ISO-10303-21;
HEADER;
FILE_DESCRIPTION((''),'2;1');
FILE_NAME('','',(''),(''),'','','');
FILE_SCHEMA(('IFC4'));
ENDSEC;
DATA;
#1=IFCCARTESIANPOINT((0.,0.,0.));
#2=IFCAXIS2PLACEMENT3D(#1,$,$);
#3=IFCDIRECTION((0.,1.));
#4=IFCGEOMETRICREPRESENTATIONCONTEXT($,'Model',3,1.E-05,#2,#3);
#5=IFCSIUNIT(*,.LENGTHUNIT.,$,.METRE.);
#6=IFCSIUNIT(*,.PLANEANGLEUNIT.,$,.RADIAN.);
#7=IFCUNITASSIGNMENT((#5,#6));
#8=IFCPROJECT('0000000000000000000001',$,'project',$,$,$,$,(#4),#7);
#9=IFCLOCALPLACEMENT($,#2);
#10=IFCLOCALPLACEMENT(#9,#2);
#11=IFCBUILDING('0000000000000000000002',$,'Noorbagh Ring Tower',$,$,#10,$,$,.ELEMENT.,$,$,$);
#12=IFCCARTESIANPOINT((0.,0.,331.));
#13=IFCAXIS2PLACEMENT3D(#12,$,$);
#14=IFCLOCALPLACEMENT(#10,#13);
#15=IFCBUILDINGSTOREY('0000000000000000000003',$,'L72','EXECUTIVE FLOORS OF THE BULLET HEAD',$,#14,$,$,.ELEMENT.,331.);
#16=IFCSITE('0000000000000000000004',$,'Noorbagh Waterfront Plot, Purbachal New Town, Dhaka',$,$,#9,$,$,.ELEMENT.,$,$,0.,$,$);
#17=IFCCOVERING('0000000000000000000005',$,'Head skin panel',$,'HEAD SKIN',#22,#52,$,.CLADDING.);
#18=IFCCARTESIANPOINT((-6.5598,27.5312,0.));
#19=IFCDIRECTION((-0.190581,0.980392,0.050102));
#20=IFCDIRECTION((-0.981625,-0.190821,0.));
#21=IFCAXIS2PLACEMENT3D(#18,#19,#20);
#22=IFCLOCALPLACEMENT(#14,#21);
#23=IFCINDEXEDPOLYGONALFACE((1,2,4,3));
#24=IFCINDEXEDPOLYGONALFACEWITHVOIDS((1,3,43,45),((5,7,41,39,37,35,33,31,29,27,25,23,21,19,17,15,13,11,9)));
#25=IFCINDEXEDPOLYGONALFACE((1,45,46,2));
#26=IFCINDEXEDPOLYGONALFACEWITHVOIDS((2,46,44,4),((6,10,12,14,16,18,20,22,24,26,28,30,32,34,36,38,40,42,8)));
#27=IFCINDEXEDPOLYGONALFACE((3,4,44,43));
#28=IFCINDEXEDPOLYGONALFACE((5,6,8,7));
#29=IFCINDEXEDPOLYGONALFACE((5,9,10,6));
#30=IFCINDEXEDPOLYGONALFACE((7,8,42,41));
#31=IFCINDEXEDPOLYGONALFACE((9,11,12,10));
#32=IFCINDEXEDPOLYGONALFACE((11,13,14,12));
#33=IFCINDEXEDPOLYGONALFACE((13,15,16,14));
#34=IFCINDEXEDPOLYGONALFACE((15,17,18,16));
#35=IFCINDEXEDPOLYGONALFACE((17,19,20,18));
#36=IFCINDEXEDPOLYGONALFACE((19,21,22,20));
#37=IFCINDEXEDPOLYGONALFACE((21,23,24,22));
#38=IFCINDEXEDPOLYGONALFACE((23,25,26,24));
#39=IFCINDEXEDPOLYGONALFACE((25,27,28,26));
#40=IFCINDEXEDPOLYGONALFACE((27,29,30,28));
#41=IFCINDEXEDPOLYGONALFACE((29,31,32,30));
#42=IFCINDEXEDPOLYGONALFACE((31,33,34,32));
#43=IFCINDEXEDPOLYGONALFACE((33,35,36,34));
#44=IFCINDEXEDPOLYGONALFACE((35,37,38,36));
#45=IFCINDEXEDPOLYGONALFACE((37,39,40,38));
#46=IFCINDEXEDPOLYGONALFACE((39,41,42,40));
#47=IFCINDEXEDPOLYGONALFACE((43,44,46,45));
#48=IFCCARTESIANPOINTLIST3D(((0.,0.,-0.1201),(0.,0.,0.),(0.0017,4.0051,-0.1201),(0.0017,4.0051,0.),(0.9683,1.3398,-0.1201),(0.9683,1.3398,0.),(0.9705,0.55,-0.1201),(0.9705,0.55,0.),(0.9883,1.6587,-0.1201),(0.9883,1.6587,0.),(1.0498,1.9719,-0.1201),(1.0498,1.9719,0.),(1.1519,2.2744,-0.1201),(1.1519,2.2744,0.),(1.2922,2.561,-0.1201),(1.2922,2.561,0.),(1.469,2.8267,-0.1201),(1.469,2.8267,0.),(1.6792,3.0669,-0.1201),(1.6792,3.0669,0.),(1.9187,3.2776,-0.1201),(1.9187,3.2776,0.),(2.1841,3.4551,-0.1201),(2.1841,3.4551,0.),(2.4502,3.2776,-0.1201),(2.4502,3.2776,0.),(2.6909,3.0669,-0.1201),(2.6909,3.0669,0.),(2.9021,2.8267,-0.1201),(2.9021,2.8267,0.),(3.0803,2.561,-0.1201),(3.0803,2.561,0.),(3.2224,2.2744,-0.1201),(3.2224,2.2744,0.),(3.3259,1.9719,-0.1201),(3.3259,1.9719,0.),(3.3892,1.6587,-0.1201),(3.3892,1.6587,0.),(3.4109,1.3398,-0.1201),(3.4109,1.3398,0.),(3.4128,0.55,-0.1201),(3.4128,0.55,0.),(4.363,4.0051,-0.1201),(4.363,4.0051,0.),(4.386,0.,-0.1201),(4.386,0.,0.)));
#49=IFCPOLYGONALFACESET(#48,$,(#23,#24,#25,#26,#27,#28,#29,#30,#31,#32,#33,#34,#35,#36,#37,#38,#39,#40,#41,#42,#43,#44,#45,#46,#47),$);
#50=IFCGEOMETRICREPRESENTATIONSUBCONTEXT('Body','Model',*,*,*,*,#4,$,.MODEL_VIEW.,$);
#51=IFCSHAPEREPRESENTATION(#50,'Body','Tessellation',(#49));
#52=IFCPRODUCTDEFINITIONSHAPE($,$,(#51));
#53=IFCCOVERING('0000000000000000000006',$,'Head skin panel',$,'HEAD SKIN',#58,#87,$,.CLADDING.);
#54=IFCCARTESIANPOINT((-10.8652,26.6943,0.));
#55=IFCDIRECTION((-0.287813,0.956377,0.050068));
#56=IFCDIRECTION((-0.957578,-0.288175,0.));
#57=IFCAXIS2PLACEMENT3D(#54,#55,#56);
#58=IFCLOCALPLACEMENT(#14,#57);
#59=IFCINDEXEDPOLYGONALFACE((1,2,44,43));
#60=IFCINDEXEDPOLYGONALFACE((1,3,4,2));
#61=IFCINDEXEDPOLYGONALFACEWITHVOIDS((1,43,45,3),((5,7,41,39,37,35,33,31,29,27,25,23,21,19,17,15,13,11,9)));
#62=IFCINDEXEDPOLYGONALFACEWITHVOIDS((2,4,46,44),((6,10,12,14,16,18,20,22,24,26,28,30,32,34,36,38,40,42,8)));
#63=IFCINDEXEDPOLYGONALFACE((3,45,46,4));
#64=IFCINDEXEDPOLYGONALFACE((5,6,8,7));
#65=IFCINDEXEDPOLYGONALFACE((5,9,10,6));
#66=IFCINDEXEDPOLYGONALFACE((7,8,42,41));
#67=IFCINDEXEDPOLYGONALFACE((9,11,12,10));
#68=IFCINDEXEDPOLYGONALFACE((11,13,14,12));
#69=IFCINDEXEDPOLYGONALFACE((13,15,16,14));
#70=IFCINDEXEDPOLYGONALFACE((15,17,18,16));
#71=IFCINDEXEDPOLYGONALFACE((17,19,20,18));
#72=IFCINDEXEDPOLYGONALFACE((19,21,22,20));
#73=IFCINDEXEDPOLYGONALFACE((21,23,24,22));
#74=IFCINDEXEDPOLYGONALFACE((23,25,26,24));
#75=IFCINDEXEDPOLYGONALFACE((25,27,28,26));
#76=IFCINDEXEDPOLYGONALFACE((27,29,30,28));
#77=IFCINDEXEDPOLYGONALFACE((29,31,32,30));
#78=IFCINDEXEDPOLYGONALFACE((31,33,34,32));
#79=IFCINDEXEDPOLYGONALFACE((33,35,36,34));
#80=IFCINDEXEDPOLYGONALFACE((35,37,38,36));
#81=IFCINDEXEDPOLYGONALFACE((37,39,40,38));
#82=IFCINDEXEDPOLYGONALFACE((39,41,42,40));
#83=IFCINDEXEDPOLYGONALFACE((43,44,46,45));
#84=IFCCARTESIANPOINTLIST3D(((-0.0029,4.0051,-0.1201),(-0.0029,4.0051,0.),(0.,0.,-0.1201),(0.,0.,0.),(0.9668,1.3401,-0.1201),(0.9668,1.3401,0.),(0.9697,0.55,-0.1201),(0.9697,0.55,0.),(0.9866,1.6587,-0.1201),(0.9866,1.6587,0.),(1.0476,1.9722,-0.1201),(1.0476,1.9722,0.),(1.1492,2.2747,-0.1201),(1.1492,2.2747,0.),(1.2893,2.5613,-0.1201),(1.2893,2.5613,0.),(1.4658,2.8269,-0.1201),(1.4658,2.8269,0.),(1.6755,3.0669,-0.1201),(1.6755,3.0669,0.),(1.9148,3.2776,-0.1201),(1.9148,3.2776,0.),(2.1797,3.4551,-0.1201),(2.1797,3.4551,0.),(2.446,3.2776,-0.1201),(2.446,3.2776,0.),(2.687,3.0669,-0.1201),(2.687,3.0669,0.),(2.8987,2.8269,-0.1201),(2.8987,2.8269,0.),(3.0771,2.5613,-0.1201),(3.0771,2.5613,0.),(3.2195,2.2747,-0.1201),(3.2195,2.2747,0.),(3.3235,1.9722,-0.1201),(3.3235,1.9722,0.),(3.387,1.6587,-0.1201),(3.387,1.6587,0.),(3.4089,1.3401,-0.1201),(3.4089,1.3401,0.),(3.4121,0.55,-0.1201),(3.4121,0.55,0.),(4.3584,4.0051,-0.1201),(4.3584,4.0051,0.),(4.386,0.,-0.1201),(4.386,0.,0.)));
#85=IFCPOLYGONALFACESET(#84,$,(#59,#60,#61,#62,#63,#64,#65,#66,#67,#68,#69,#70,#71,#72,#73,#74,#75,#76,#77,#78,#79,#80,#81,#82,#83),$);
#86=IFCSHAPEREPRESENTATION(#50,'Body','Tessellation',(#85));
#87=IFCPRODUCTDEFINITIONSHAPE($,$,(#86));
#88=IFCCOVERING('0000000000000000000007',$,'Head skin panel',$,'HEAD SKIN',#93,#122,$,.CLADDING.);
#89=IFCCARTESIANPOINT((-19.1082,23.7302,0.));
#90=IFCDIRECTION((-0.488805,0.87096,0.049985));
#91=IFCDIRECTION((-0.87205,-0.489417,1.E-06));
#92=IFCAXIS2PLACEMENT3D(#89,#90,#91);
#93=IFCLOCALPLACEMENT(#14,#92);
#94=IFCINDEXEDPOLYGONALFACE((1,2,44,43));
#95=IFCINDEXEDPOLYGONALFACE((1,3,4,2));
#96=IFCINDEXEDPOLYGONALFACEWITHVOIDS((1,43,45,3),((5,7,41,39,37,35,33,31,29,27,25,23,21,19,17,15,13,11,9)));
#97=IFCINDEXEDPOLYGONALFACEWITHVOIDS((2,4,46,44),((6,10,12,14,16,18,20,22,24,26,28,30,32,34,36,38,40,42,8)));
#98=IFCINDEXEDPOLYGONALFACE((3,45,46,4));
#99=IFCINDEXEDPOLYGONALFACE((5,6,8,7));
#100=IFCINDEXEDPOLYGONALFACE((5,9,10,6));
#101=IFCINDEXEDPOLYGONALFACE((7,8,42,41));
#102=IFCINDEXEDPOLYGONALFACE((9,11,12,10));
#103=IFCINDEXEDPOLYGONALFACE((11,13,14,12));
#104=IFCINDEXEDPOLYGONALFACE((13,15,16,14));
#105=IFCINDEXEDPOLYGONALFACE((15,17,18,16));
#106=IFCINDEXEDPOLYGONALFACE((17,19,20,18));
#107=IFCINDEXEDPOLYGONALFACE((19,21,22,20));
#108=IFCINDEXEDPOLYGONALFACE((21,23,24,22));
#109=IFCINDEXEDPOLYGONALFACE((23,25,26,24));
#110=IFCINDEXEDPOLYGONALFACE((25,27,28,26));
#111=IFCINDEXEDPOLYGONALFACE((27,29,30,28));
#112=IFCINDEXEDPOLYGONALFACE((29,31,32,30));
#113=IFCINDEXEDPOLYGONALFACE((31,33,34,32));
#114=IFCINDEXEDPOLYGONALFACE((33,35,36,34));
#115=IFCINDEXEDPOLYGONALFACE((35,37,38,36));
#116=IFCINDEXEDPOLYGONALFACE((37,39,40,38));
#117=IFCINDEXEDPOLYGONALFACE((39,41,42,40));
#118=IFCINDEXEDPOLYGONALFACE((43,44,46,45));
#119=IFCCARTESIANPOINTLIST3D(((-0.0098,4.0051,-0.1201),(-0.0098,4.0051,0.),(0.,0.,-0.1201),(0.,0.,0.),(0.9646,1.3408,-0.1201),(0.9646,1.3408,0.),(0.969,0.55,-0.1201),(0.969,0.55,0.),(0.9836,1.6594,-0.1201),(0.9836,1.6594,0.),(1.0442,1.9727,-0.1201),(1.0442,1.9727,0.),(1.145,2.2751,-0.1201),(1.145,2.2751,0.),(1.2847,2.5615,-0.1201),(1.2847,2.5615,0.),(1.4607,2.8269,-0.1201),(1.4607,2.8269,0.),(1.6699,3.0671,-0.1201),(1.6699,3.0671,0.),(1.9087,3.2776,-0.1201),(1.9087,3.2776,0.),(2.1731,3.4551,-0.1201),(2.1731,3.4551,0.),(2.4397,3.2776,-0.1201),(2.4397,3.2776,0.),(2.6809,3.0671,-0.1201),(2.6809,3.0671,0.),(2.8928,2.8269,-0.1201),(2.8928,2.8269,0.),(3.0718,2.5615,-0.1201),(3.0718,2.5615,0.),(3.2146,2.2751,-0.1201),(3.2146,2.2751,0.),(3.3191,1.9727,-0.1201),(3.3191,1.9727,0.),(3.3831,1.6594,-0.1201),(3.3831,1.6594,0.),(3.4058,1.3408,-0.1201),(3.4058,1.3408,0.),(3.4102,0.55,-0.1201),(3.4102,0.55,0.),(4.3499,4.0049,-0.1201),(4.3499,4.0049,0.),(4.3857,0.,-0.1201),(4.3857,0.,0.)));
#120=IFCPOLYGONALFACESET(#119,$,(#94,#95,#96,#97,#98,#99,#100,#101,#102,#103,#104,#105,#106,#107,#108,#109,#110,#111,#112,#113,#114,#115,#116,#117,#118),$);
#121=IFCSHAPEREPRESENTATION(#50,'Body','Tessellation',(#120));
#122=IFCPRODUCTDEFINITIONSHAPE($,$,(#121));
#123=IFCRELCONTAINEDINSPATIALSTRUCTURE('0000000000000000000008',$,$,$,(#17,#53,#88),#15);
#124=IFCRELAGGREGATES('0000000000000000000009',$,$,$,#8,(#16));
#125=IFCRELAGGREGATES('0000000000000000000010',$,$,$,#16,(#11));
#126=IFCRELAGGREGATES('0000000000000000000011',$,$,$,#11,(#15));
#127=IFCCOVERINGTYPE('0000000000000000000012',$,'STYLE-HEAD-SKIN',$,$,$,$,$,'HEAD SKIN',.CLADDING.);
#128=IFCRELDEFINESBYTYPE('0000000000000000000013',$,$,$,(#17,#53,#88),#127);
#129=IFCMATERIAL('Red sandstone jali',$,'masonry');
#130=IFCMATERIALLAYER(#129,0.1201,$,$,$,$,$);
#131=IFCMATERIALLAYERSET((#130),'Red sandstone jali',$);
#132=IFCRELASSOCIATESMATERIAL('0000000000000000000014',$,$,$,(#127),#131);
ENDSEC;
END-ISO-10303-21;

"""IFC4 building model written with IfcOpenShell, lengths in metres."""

from ifc_helpers import new_model, si_unit, direction, frame, origin, place, context, subcontext, project, spatial, polyline, outline, extrude, material, layer, layer_set, type_object, element, save


model = new_model("IFC4")

# Units and contexts
model_context = context("Model", 3, precision=1e-05, world=origin(), true_north=direction((0.0, 1.0)))
body_context = subcontext(model_context, "Body", "Model", "MODEL_VIEW")
ifc_project = project(units=[si_unit("LENGTHUNIT", "METRE"), si_unit("PLANEANGLEUNIT", "RADIAN")], contexts=[model_context])

# Site, building, storey
site_placement = place(None, origin())
site = spatial("IfcSite", under=ifc_project, at=site_placement, Name="Noorbagh Waterfront Plot, Purbachal New Town, Dhaka", CompositionType="ELEMENT", RefElevation=0.0)
building_placement = place(site_placement, origin())
building = spatial("IfcBuilding", under=site, at=building_placement, Name="Noorbagh Ring Tower", CompositionType="ELEMENT")
storey_placement = place(building_placement, frame((0.0, 0.0, 331.0)))
storey = spatial("IfcBuildingStorey", under=building, at=storey_placement, Name="L72", Description="EXECUTIVE FLOORS OF THE BULLET HEAD", CompositionType="ELEMENT", Elevation=331.0)

# Coverings
ifc_material_1 = material(Name="Red sandstone jali", Category="masonry")
ifc_layer_1 = layer(ifc_material_1, 0.1201)
ifc_layer_set_1 = layer_set([ifc_layer_1], Name="Red sandstone jali")
covering_type_1 = type_object("IfcCoveringType", Name="STYLE-HEAD-SKIN", ElementType="HEAD SKIN", PredefinedType="CLADDING", material=ifc_layer_set_1)
covering_1_placement = place(storey_placement, frame((-6.5598, 27.5312, 0.0), z_axis=(-0.190581, 0.980392, 0.050102), x_axis=(-0.981625, -0.190821, 0.0)))
element("IfcCovering", 1, at=covering_1_placement, inside=storey, type_object=covering_type_1, Name="Head skin panel", ObjectType="HEAD SKIN", PredefinedType="CLADDING", context=body_context, shape_type="SweptSolid", body=[
    extrude(outline(polyline([(0.0, 0.0), (4.386, 0.0), (4.363, 4.0051), (0.0017, 4.0051), (0.0, 0.0)]), holes=[polyline([(0.9705, 0.55), (0.9683, 1.3398), (0.9883, 1.6587), (1.0498, 1.9719), (1.1519, 2.2744), (1.2922, 2.561), (1.469, 2.8267), (1.6792, 3.0669), (1.9187, 3.2776), (2.1841, 3.4551), (2.4502, 3.2776), (2.6909, 3.0669), (2.9021, 2.8267), (3.0803, 2.561), (3.2224, 2.2744), (3.3259, 1.9719), (3.3892, 1.6587), (3.4109, 1.3398), (3.4128, 0.55), (0.9705, 0.55)])]), origin(), (0.0, 0.0, -1.0), 0.1201),
])
covering_2_placement = place(storey_placement, frame((-10.8652, 26.6943, 0.0), z_axis=(-0.287813, 0.956377, 0.050068), x_axis=(-0.957578, -0.288175, 0.0)))
element("IfcCovering", 2, at=covering_2_placement, inside=storey, type_object=covering_type_1, Name="Head skin panel", ObjectType="HEAD SKIN", PredefinedType="CLADDING", context=body_context, shape_type="SweptSolid", body=[
    extrude(outline(polyline([(0.0, 0.0), (4.386, 0.0), (4.3584, 4.0051), (-0.0029, 4.0051), (0.0, 0.0)]), holes=[polyline([(0.9697, 0.55), (0.9668, 1.3401), (0.9866, 1.6587), (1.0476, 1.9722), (1.1492, 2.2747), (1.2893, 2.5613), (1.4658, 2.8269), (1.6755, 3.0669), (1.9148, 3.2776), (2.1797, 3.4551), (2.446, 3.2776), (2.687, 3.0669), (2.8987, 2.8269), (3.0771, 2.5613), (3.2195, 2.2747), (3.3235, 1.9722), (3.387, 1.6587), (3.4089, 1.3401), (3.4121, 0.55), (0.9697, 0.55)])]), origin(), (0.0, 0.0, -1.0), 0.1201),
])
covering_3_placement = place(storey_placement, frame((-19.1082, 23.7302, 0.0), z_axis=(-0.488805, 0.87096, 0.049985), x_axis=(-0.87205, -0.489417, 0.000001)))
element("IfcCovering", 3, at=covering_3_placement, inside=storey, type_object=covering_type_1, Name="Head skin panel", ObjectType="HEAD SKIN", PredefinedType="CLADDING", context=body_context, shape_type="SweptSolid", body=[
    extrude(outline(polyline([(0.0, 0.0), (4.3857, 0.0), (4.3499, 4.0049), (-0.0098, 4.0051), (0.0, 0.0)]), holes=[polyline([(0.969, 0.55), (0.9646, 1.3408), (0.9836, 1.6594), (1.0442, 1.9727), (1.145, 2.2751), (1.2847, 2.5615), (1.4607, 2.8269), (1.6699, 3.0671), (1.9087, 3.2776), (2.1731, 3.4551), (2.4397, 3.2776), (2.6809, 3.0671), (2.8928, 2.8269), (3.0718, 2.5615), (3.2146, 2.2751), (3.3191, 1.9727), (3.3831, 1.6594), (3.4058, 1.3408), (3.4102, 0.55), (0.969, 0.55)])]), origin(), (0.0, 0.0, -1.0), 0.1201),
])

save(model, "model.ifc")
